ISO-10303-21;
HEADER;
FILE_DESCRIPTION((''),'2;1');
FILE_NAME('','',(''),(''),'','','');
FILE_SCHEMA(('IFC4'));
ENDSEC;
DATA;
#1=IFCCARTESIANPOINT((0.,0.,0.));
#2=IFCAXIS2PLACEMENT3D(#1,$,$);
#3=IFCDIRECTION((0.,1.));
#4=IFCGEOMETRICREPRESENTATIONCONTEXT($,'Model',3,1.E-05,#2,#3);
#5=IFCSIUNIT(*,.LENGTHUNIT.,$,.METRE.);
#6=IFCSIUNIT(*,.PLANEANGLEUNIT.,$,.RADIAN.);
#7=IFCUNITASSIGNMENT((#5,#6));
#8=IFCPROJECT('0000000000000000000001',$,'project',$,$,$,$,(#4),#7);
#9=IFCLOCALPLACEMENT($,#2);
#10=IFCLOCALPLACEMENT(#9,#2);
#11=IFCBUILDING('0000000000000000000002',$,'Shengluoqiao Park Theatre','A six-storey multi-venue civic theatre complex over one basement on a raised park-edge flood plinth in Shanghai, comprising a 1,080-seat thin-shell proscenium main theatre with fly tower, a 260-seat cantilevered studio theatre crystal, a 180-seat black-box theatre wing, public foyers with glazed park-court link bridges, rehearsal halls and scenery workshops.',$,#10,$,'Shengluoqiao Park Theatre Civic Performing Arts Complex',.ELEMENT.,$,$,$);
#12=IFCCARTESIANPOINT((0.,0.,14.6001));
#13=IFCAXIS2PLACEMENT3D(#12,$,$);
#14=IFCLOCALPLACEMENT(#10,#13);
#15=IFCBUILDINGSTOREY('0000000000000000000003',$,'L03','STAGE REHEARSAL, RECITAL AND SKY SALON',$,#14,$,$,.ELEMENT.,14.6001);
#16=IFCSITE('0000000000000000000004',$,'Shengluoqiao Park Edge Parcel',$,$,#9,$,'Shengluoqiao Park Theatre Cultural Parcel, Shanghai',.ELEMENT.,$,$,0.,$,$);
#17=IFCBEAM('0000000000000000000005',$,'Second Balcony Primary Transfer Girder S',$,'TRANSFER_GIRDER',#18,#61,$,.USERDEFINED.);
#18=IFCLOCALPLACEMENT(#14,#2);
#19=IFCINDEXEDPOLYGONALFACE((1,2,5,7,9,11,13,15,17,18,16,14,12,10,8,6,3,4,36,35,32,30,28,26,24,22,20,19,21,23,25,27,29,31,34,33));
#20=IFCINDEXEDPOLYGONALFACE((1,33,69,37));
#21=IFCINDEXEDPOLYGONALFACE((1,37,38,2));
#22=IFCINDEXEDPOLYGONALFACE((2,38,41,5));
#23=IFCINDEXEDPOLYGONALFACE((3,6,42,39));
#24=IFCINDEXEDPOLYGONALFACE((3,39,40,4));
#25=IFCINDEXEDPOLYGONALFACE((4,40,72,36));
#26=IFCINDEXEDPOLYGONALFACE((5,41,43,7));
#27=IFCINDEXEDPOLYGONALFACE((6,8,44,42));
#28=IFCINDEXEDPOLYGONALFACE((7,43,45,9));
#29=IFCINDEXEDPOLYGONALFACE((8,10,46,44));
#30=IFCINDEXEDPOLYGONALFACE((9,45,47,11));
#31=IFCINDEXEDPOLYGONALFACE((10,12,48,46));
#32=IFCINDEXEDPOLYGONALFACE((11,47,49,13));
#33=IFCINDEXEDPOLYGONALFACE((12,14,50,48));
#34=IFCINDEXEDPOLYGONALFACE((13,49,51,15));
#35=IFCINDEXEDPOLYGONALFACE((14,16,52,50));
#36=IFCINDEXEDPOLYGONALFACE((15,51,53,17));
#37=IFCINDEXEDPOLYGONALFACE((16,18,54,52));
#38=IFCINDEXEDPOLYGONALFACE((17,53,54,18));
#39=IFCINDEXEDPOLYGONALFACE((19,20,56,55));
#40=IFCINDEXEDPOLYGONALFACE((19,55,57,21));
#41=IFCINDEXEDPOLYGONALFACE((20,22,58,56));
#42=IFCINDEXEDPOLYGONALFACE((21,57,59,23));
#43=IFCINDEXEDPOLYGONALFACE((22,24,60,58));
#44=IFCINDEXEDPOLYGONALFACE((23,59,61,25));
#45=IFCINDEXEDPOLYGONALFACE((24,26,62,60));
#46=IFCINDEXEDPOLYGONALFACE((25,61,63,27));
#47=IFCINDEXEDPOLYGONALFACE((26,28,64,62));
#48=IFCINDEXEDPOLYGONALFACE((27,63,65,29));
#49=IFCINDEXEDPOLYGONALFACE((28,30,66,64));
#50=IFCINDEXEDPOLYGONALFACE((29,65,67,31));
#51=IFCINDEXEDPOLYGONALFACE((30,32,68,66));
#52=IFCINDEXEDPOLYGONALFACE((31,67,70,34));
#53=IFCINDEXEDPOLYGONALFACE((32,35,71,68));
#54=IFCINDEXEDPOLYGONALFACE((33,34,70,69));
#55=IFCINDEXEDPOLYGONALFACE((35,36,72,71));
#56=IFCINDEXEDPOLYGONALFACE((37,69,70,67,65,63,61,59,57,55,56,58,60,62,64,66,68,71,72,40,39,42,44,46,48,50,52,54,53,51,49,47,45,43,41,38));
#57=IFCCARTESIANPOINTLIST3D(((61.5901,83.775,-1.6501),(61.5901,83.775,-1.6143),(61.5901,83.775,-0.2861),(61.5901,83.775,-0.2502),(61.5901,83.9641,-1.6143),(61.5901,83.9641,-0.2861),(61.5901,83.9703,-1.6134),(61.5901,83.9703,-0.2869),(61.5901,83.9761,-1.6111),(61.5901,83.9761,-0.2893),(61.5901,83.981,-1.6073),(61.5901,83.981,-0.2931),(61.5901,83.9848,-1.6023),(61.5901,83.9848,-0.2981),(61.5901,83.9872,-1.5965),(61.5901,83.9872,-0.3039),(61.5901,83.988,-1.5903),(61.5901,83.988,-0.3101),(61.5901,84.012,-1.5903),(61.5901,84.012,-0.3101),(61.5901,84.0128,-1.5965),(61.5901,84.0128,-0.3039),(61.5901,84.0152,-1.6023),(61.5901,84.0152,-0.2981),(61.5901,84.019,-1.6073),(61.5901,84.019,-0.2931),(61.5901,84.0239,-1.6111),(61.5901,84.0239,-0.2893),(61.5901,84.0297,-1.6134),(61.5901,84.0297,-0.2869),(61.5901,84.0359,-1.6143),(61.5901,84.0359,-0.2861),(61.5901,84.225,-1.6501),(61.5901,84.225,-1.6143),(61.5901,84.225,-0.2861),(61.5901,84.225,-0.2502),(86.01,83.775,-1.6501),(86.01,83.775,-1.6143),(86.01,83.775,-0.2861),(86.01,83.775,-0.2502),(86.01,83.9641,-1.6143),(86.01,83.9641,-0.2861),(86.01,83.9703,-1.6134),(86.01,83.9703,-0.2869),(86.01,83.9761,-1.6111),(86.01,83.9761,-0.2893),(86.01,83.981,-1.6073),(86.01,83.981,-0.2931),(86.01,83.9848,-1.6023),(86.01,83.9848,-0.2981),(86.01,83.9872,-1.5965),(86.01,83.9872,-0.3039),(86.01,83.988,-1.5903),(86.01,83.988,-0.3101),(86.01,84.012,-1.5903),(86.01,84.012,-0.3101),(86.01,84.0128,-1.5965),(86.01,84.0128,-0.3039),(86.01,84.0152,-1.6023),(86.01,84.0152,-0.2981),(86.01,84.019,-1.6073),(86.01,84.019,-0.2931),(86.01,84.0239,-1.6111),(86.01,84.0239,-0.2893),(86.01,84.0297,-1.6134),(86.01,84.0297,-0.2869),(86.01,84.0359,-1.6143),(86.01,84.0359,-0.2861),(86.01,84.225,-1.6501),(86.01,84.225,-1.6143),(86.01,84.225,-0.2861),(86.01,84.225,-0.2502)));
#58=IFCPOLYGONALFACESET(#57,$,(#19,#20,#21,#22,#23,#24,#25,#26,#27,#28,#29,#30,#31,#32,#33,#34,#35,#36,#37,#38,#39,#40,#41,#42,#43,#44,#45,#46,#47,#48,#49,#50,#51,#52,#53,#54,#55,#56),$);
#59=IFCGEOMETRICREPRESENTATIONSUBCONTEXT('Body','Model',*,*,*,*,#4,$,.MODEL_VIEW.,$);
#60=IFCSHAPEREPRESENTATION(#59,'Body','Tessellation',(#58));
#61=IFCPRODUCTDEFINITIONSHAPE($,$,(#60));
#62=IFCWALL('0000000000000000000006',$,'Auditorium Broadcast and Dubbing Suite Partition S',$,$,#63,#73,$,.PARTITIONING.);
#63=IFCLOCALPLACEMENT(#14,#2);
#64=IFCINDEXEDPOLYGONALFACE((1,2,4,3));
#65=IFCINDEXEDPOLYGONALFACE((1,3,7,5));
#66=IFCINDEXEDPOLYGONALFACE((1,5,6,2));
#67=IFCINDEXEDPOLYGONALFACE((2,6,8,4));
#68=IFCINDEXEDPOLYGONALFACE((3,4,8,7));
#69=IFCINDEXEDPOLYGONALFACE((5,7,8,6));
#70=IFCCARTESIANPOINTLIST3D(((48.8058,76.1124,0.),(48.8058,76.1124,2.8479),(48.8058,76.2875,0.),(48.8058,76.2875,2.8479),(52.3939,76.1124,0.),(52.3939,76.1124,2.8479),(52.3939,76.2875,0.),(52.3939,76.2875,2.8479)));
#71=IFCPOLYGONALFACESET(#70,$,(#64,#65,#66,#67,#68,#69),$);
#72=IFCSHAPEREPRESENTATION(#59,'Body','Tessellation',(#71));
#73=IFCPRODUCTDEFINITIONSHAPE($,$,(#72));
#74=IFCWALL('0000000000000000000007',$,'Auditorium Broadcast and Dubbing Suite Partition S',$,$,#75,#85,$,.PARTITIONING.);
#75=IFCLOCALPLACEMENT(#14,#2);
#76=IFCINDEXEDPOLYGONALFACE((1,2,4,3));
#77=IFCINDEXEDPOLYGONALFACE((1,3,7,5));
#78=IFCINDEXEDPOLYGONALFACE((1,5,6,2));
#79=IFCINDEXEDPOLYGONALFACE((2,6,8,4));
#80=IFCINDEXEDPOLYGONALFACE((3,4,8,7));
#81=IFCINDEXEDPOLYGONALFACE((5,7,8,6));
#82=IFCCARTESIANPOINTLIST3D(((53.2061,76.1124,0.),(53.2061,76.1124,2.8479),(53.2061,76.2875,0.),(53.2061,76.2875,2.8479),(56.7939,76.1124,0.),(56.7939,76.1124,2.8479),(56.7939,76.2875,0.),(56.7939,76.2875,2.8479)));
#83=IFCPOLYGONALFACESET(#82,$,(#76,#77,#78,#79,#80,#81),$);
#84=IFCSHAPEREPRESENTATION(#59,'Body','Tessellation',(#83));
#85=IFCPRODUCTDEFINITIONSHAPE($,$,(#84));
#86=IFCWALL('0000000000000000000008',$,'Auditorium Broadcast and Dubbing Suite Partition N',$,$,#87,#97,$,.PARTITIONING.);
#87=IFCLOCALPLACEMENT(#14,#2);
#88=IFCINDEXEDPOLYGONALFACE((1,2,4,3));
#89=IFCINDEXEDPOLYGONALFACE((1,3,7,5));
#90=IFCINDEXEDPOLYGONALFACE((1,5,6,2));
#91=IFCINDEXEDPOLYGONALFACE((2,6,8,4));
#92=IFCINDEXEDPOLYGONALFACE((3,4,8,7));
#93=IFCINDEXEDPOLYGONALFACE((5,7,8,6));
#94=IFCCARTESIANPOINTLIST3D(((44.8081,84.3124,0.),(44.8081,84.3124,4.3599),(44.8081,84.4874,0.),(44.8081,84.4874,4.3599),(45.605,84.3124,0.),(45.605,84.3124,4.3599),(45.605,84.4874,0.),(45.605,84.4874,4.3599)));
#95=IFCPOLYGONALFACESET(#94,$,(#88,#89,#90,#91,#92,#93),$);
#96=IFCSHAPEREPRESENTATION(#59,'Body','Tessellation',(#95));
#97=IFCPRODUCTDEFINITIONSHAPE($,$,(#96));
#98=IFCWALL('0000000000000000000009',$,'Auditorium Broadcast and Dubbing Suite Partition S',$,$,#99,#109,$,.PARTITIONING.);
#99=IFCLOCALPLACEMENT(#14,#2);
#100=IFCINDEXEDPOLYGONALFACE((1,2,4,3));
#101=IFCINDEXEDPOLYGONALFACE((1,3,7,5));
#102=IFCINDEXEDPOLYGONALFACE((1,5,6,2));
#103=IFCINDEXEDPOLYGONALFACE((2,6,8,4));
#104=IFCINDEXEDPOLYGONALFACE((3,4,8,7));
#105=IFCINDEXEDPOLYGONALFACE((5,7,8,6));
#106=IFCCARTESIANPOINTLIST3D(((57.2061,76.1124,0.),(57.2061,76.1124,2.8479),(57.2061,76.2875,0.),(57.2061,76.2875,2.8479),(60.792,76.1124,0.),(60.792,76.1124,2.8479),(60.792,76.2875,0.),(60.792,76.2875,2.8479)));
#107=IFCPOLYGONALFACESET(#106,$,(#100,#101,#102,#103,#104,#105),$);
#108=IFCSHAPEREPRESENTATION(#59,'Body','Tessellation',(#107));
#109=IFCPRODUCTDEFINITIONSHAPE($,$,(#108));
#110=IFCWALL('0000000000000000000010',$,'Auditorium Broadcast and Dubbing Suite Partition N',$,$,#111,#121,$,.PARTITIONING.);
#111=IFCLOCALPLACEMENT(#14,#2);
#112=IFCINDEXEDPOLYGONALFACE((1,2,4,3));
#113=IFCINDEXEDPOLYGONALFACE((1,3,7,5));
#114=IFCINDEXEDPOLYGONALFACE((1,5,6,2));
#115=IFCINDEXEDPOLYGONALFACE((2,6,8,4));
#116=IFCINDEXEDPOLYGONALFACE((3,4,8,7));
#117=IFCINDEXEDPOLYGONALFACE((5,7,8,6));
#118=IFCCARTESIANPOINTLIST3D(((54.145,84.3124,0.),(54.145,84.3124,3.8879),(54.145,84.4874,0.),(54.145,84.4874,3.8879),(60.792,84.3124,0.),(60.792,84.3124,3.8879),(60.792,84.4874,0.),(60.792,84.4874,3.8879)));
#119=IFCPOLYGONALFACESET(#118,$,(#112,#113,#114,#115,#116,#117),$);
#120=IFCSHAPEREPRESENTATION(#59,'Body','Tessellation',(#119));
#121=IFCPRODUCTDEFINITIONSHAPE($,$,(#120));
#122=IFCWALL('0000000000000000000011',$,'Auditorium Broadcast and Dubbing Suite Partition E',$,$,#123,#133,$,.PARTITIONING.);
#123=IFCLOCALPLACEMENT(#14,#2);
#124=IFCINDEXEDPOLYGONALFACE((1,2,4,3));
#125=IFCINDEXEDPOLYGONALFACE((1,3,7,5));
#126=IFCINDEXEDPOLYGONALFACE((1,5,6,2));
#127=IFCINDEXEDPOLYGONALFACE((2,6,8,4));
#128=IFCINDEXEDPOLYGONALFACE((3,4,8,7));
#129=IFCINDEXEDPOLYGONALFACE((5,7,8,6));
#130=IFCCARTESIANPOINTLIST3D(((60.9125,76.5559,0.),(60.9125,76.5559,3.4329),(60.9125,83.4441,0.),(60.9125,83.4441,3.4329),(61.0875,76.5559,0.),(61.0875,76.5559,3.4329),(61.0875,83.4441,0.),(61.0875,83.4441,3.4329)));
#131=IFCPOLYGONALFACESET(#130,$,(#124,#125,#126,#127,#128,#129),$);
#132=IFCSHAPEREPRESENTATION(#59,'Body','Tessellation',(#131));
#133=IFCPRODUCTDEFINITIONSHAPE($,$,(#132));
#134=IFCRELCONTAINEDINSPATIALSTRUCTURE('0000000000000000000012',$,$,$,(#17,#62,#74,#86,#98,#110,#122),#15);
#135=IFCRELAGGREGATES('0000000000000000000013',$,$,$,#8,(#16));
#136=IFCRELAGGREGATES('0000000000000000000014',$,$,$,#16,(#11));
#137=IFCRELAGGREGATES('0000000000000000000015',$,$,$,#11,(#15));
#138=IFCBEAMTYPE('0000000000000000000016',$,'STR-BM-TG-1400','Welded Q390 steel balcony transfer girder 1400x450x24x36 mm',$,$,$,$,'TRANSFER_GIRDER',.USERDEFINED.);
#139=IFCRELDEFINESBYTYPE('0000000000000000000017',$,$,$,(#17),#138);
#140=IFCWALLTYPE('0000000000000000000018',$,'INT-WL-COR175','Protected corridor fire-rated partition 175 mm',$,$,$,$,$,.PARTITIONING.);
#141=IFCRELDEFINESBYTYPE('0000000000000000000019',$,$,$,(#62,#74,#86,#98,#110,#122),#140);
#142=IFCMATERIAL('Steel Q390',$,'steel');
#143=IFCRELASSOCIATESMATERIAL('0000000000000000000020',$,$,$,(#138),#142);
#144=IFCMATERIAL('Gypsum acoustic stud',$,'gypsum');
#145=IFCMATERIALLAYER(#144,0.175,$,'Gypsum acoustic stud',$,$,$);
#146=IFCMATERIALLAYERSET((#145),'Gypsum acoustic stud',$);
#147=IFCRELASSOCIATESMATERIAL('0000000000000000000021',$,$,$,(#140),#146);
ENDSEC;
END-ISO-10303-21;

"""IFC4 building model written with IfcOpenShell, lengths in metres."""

from ifc_helpers import new_model, si_unit, direction, frame, frame_2d, origin, origin_2d, place, context, subcontext, project, spatial, rectangle, i_section, extrude, material, layer, layer_set, material_profile, profile_set, type_object, element, save


model = new_model("IFC4")

# Units and contexts
model_context = context("Model", 3, precision=1e-05, world=origin(), true_north=direction((0.0, 1.0)))
body_context = subcontext(model_context, "Body", "Model", "MODEL_VIEW")
ifc_project = project(units=[si_unit("LENGTHUNIT", "METRE"), si_unit("PLANEANGLEUNIT", "RADIAN")], contexts=[model_context])

# Site, building, storey
site_placement = place(None, origin())
site = spatial("IfcSite", under=ifc_project, at=site_placement, Name="Shengluoqiao Park Edge Parcel", LongName="Shengluoqiao Park Theatre Cultural Parcel, Shanghai", CompositionType="ELEMENT", RefElevation=0.0)
building_placement = place(site_placement, origin())
building = spatial("IfcBuilding", under=site, at=building_placement, Name="Shengluoqiao Park Theatre", Description="A six-storey multi-venue civic theatre complex over one basement on a raised park-edge flood plinth in Shanghai, comprising a 1,080-seat thin-shell proscenium main theatre with fly tower, a 260-seat cantilevered studio theatre crystal, a 180-seat black-box theatre wing, public foyers with glazed park-court link bridges, rehearsal halls and scenery workshops.", LongName="Shengluoqiao Park Theatre Civic Performing Arts Complex", CompositionType="ELEMENT")
storey_placement = place(building_placement, frame((0.0, 0.0, 14.6001)))
storey = spatial("IfcBuildingStorey", under=building, at=storey_placement, Name="L03", Description="STAGE REHEARSAL, RECITAL AND SKY SALON", CompositionType="ELEMENT", Elevation=14.6001)

# Beam
ifc_material_1 = material(Name="Steel Q390", Category="steel")
ifc_material_profile_1 = material_profile(ifc_material_1, i_section(OverallWidth=0.45, OverallDepth=1.3999, WebThickness=0.0239, FlangeThickness=0.0359, FilletRadius=0.0239, at=origin_2d()), Name="HN 1400x450x24x36")
ifc_profile_set_1 = profile_set([ifc_material_profile_1], Name="Steel Q390")
beam_type_1 = type_object("IfcBeamType", Name="STR-BM-TG-1400", Description="Welded Q390 steel balcony transfer girder 1400x450x24x36 mm", ElementType="TRANSFER_GIRDER", PredefinedType="USERDEFINED", material=ifc_profile_set_1)
beam_1_placement = place(storey_placement, frame((61.5901, 84.0, -0.9502), z_axis=(1.0, 0.0, 0.0), x_axis=(0.0, 1.0, 0.0)))
element("IfcBeam", 1, at=beam_1_placement, inside=storey, type_object=beam_type_1, Name="Second Balcony Primary Transfer Girder S", ObjectType="TRANSFER_GIRDER", PredefinedType="USERDEFINED", context=body_context, shape_type="SweptSolid", body=[
    extrude(i_section(OverallWidth=0.45, OverallDepth=1.3999, WebThickness=0.0239, FlangeThickness=0.0359, FilletRadius=0.0239, at=origin_2d()), origin(), (0.0, 0.0, 1.0), 24.4199),
])

# Shared definitions
ifc_material_2 = material(Name="Gypsum acoustic stud", Category="gypsum")
ifc_layer = layer(ifc_material_2, 0.175, Name="Gypsum acoustic stud")
ifc_layer_set = layer_set([ifc_layer], Name="Gypsum acoustic stud")
wall_type = type_object("IfcWallType", Name="INT-WL-COR175", Description="Protected corridor fire-rated partition 175 mm", PredefinedType="PARTITIONING", material=ifc_layer_set)

# Walls
wall_1_placement = place(storey_placement, frame((48.8059, 76.2, 0.0), z_axis=(0.0, 0.0, 1.0), x_axis=(1.0, 0.0, 0.0)))
element("IfcWall", 2, at=wall_1_placement, inside=storey, type_object=wall_type, Name="Auditorium Broadcast and Dubbing Suite Partition S", PredefinedType="PARTITIONING", context=body_context, shape_type="SweptSolid", body=[
    extrude(rectangle(XDim=3.5881, YDim=0.175, at=frame_2d((1.7939, 0.0))), origin(), (0.0, 0.0, 1.0), 2.8479),
])
wall_2_placement = place(storey_placement, frame((53.2061, 76.2, 0.0), z_axis=(0.0, 0.0, 1.0), x_axis=(1.0, 0.0, 0.0)))
element("IfcWall", 3, at=wall_2_placement, inside=storey, type_object=wall_type, Name="Auditorium Broadcast and Dubbing Suite Partition S", PredefinedType="PARTITIONING", context=body_context, shape_type="SweptSolid", body=[
    extrude(rectangle(XDim=3.5879, YDim=0.175, at=frame_2d((1.7939, 0.0))), origin(), (0.0, 0.0, 1.0), 2.8479),
])
wall_3_placement = place(storey_placement, frame((44.8081, 84.3999, 0.0), z_axis=(0.0, 0.0, 1.0), x_axis=(1.0, 0.0, 0.0)))
element("IfcWall", 4, at=wall_3_placement, inside=storey, type_object=wall_type, Name="Auditorium Broadcast and Dubbing Suite Partition N", PredefinedType="PARTITIONING", context=body_context, shape_type="SweptSolid", body=[
    extrude(rectangle(XDim=0.7969, YDim=0.175, at=frame_2d((0.3984, 0.0))), origin(), (0.0, 0.0, 1.0), 4.3599),
])
wall_4_placement = place(storey_placement, frame((57.2061, 76.2, 0.0), z_axis=(0.0, 0.0, 1.0), x_axis=(1.0, 0.0, 0.0)))
element("IfcWall", 5, at=wall_4_placement, inside=storey, type_object=wall_type, Name="Auditorium Broadcast and Dubbing Suite Partition S", PredefinedType="PARTITIONING", context=body_context, shape_type="SweptSolid", body=[
    extrude(rectangle(XDim=3.5859, YDim=0.175, at=frame_2d((1.793, 0.0))), origin(), (0.0, 0.0, 1.0), 2.8479),
])
wall_5_placement = place(storey_placement, frame((54.145, 84.3999, 0.0), z_axis=(0.0, 0.0, 1.0), x_axis=(1.0, 0.0, 0.0)))
element("IfcWall", 6, at=wall_5_placement, inside=storey, type_object=wall_type, Name="Auditorium Broadcast and Dubbing Suite Partition N", PredefinedType="PARTITIONING", context=body_context, shape_type="SweptSolid", body=[
    extrude(rectangle(XDim=6.647, YDim=0.175, at=frame_2d((3.3235, 0.0))), origin(), (0.0, 0.0, 1.0), 3.8879),
])
wall_6_placement = place(storey_placement, frame((61.0, 76.5559, 0.0), z_axis=(0.0, 0.0, 1.0), x_axis=(0.0, 1.0, 0.0)))
element("IfcWall", 7, at=wall_6_placement, inside=storey, type_object=wall_type, Name="Auditorium Broadcast and Dubbing Suite Partition E", PredefinedType="PARTITIONING", context=body_context, shape_type="SweptSolid", body=[
    extrude(rectangle(XDim=6.8882, YDim=0.175, at=frame_2d((3.4441, 0.0))), origin(), (0.0, 0.0, 1.0), 3.4329),
])

save(model, "model.ifc")
